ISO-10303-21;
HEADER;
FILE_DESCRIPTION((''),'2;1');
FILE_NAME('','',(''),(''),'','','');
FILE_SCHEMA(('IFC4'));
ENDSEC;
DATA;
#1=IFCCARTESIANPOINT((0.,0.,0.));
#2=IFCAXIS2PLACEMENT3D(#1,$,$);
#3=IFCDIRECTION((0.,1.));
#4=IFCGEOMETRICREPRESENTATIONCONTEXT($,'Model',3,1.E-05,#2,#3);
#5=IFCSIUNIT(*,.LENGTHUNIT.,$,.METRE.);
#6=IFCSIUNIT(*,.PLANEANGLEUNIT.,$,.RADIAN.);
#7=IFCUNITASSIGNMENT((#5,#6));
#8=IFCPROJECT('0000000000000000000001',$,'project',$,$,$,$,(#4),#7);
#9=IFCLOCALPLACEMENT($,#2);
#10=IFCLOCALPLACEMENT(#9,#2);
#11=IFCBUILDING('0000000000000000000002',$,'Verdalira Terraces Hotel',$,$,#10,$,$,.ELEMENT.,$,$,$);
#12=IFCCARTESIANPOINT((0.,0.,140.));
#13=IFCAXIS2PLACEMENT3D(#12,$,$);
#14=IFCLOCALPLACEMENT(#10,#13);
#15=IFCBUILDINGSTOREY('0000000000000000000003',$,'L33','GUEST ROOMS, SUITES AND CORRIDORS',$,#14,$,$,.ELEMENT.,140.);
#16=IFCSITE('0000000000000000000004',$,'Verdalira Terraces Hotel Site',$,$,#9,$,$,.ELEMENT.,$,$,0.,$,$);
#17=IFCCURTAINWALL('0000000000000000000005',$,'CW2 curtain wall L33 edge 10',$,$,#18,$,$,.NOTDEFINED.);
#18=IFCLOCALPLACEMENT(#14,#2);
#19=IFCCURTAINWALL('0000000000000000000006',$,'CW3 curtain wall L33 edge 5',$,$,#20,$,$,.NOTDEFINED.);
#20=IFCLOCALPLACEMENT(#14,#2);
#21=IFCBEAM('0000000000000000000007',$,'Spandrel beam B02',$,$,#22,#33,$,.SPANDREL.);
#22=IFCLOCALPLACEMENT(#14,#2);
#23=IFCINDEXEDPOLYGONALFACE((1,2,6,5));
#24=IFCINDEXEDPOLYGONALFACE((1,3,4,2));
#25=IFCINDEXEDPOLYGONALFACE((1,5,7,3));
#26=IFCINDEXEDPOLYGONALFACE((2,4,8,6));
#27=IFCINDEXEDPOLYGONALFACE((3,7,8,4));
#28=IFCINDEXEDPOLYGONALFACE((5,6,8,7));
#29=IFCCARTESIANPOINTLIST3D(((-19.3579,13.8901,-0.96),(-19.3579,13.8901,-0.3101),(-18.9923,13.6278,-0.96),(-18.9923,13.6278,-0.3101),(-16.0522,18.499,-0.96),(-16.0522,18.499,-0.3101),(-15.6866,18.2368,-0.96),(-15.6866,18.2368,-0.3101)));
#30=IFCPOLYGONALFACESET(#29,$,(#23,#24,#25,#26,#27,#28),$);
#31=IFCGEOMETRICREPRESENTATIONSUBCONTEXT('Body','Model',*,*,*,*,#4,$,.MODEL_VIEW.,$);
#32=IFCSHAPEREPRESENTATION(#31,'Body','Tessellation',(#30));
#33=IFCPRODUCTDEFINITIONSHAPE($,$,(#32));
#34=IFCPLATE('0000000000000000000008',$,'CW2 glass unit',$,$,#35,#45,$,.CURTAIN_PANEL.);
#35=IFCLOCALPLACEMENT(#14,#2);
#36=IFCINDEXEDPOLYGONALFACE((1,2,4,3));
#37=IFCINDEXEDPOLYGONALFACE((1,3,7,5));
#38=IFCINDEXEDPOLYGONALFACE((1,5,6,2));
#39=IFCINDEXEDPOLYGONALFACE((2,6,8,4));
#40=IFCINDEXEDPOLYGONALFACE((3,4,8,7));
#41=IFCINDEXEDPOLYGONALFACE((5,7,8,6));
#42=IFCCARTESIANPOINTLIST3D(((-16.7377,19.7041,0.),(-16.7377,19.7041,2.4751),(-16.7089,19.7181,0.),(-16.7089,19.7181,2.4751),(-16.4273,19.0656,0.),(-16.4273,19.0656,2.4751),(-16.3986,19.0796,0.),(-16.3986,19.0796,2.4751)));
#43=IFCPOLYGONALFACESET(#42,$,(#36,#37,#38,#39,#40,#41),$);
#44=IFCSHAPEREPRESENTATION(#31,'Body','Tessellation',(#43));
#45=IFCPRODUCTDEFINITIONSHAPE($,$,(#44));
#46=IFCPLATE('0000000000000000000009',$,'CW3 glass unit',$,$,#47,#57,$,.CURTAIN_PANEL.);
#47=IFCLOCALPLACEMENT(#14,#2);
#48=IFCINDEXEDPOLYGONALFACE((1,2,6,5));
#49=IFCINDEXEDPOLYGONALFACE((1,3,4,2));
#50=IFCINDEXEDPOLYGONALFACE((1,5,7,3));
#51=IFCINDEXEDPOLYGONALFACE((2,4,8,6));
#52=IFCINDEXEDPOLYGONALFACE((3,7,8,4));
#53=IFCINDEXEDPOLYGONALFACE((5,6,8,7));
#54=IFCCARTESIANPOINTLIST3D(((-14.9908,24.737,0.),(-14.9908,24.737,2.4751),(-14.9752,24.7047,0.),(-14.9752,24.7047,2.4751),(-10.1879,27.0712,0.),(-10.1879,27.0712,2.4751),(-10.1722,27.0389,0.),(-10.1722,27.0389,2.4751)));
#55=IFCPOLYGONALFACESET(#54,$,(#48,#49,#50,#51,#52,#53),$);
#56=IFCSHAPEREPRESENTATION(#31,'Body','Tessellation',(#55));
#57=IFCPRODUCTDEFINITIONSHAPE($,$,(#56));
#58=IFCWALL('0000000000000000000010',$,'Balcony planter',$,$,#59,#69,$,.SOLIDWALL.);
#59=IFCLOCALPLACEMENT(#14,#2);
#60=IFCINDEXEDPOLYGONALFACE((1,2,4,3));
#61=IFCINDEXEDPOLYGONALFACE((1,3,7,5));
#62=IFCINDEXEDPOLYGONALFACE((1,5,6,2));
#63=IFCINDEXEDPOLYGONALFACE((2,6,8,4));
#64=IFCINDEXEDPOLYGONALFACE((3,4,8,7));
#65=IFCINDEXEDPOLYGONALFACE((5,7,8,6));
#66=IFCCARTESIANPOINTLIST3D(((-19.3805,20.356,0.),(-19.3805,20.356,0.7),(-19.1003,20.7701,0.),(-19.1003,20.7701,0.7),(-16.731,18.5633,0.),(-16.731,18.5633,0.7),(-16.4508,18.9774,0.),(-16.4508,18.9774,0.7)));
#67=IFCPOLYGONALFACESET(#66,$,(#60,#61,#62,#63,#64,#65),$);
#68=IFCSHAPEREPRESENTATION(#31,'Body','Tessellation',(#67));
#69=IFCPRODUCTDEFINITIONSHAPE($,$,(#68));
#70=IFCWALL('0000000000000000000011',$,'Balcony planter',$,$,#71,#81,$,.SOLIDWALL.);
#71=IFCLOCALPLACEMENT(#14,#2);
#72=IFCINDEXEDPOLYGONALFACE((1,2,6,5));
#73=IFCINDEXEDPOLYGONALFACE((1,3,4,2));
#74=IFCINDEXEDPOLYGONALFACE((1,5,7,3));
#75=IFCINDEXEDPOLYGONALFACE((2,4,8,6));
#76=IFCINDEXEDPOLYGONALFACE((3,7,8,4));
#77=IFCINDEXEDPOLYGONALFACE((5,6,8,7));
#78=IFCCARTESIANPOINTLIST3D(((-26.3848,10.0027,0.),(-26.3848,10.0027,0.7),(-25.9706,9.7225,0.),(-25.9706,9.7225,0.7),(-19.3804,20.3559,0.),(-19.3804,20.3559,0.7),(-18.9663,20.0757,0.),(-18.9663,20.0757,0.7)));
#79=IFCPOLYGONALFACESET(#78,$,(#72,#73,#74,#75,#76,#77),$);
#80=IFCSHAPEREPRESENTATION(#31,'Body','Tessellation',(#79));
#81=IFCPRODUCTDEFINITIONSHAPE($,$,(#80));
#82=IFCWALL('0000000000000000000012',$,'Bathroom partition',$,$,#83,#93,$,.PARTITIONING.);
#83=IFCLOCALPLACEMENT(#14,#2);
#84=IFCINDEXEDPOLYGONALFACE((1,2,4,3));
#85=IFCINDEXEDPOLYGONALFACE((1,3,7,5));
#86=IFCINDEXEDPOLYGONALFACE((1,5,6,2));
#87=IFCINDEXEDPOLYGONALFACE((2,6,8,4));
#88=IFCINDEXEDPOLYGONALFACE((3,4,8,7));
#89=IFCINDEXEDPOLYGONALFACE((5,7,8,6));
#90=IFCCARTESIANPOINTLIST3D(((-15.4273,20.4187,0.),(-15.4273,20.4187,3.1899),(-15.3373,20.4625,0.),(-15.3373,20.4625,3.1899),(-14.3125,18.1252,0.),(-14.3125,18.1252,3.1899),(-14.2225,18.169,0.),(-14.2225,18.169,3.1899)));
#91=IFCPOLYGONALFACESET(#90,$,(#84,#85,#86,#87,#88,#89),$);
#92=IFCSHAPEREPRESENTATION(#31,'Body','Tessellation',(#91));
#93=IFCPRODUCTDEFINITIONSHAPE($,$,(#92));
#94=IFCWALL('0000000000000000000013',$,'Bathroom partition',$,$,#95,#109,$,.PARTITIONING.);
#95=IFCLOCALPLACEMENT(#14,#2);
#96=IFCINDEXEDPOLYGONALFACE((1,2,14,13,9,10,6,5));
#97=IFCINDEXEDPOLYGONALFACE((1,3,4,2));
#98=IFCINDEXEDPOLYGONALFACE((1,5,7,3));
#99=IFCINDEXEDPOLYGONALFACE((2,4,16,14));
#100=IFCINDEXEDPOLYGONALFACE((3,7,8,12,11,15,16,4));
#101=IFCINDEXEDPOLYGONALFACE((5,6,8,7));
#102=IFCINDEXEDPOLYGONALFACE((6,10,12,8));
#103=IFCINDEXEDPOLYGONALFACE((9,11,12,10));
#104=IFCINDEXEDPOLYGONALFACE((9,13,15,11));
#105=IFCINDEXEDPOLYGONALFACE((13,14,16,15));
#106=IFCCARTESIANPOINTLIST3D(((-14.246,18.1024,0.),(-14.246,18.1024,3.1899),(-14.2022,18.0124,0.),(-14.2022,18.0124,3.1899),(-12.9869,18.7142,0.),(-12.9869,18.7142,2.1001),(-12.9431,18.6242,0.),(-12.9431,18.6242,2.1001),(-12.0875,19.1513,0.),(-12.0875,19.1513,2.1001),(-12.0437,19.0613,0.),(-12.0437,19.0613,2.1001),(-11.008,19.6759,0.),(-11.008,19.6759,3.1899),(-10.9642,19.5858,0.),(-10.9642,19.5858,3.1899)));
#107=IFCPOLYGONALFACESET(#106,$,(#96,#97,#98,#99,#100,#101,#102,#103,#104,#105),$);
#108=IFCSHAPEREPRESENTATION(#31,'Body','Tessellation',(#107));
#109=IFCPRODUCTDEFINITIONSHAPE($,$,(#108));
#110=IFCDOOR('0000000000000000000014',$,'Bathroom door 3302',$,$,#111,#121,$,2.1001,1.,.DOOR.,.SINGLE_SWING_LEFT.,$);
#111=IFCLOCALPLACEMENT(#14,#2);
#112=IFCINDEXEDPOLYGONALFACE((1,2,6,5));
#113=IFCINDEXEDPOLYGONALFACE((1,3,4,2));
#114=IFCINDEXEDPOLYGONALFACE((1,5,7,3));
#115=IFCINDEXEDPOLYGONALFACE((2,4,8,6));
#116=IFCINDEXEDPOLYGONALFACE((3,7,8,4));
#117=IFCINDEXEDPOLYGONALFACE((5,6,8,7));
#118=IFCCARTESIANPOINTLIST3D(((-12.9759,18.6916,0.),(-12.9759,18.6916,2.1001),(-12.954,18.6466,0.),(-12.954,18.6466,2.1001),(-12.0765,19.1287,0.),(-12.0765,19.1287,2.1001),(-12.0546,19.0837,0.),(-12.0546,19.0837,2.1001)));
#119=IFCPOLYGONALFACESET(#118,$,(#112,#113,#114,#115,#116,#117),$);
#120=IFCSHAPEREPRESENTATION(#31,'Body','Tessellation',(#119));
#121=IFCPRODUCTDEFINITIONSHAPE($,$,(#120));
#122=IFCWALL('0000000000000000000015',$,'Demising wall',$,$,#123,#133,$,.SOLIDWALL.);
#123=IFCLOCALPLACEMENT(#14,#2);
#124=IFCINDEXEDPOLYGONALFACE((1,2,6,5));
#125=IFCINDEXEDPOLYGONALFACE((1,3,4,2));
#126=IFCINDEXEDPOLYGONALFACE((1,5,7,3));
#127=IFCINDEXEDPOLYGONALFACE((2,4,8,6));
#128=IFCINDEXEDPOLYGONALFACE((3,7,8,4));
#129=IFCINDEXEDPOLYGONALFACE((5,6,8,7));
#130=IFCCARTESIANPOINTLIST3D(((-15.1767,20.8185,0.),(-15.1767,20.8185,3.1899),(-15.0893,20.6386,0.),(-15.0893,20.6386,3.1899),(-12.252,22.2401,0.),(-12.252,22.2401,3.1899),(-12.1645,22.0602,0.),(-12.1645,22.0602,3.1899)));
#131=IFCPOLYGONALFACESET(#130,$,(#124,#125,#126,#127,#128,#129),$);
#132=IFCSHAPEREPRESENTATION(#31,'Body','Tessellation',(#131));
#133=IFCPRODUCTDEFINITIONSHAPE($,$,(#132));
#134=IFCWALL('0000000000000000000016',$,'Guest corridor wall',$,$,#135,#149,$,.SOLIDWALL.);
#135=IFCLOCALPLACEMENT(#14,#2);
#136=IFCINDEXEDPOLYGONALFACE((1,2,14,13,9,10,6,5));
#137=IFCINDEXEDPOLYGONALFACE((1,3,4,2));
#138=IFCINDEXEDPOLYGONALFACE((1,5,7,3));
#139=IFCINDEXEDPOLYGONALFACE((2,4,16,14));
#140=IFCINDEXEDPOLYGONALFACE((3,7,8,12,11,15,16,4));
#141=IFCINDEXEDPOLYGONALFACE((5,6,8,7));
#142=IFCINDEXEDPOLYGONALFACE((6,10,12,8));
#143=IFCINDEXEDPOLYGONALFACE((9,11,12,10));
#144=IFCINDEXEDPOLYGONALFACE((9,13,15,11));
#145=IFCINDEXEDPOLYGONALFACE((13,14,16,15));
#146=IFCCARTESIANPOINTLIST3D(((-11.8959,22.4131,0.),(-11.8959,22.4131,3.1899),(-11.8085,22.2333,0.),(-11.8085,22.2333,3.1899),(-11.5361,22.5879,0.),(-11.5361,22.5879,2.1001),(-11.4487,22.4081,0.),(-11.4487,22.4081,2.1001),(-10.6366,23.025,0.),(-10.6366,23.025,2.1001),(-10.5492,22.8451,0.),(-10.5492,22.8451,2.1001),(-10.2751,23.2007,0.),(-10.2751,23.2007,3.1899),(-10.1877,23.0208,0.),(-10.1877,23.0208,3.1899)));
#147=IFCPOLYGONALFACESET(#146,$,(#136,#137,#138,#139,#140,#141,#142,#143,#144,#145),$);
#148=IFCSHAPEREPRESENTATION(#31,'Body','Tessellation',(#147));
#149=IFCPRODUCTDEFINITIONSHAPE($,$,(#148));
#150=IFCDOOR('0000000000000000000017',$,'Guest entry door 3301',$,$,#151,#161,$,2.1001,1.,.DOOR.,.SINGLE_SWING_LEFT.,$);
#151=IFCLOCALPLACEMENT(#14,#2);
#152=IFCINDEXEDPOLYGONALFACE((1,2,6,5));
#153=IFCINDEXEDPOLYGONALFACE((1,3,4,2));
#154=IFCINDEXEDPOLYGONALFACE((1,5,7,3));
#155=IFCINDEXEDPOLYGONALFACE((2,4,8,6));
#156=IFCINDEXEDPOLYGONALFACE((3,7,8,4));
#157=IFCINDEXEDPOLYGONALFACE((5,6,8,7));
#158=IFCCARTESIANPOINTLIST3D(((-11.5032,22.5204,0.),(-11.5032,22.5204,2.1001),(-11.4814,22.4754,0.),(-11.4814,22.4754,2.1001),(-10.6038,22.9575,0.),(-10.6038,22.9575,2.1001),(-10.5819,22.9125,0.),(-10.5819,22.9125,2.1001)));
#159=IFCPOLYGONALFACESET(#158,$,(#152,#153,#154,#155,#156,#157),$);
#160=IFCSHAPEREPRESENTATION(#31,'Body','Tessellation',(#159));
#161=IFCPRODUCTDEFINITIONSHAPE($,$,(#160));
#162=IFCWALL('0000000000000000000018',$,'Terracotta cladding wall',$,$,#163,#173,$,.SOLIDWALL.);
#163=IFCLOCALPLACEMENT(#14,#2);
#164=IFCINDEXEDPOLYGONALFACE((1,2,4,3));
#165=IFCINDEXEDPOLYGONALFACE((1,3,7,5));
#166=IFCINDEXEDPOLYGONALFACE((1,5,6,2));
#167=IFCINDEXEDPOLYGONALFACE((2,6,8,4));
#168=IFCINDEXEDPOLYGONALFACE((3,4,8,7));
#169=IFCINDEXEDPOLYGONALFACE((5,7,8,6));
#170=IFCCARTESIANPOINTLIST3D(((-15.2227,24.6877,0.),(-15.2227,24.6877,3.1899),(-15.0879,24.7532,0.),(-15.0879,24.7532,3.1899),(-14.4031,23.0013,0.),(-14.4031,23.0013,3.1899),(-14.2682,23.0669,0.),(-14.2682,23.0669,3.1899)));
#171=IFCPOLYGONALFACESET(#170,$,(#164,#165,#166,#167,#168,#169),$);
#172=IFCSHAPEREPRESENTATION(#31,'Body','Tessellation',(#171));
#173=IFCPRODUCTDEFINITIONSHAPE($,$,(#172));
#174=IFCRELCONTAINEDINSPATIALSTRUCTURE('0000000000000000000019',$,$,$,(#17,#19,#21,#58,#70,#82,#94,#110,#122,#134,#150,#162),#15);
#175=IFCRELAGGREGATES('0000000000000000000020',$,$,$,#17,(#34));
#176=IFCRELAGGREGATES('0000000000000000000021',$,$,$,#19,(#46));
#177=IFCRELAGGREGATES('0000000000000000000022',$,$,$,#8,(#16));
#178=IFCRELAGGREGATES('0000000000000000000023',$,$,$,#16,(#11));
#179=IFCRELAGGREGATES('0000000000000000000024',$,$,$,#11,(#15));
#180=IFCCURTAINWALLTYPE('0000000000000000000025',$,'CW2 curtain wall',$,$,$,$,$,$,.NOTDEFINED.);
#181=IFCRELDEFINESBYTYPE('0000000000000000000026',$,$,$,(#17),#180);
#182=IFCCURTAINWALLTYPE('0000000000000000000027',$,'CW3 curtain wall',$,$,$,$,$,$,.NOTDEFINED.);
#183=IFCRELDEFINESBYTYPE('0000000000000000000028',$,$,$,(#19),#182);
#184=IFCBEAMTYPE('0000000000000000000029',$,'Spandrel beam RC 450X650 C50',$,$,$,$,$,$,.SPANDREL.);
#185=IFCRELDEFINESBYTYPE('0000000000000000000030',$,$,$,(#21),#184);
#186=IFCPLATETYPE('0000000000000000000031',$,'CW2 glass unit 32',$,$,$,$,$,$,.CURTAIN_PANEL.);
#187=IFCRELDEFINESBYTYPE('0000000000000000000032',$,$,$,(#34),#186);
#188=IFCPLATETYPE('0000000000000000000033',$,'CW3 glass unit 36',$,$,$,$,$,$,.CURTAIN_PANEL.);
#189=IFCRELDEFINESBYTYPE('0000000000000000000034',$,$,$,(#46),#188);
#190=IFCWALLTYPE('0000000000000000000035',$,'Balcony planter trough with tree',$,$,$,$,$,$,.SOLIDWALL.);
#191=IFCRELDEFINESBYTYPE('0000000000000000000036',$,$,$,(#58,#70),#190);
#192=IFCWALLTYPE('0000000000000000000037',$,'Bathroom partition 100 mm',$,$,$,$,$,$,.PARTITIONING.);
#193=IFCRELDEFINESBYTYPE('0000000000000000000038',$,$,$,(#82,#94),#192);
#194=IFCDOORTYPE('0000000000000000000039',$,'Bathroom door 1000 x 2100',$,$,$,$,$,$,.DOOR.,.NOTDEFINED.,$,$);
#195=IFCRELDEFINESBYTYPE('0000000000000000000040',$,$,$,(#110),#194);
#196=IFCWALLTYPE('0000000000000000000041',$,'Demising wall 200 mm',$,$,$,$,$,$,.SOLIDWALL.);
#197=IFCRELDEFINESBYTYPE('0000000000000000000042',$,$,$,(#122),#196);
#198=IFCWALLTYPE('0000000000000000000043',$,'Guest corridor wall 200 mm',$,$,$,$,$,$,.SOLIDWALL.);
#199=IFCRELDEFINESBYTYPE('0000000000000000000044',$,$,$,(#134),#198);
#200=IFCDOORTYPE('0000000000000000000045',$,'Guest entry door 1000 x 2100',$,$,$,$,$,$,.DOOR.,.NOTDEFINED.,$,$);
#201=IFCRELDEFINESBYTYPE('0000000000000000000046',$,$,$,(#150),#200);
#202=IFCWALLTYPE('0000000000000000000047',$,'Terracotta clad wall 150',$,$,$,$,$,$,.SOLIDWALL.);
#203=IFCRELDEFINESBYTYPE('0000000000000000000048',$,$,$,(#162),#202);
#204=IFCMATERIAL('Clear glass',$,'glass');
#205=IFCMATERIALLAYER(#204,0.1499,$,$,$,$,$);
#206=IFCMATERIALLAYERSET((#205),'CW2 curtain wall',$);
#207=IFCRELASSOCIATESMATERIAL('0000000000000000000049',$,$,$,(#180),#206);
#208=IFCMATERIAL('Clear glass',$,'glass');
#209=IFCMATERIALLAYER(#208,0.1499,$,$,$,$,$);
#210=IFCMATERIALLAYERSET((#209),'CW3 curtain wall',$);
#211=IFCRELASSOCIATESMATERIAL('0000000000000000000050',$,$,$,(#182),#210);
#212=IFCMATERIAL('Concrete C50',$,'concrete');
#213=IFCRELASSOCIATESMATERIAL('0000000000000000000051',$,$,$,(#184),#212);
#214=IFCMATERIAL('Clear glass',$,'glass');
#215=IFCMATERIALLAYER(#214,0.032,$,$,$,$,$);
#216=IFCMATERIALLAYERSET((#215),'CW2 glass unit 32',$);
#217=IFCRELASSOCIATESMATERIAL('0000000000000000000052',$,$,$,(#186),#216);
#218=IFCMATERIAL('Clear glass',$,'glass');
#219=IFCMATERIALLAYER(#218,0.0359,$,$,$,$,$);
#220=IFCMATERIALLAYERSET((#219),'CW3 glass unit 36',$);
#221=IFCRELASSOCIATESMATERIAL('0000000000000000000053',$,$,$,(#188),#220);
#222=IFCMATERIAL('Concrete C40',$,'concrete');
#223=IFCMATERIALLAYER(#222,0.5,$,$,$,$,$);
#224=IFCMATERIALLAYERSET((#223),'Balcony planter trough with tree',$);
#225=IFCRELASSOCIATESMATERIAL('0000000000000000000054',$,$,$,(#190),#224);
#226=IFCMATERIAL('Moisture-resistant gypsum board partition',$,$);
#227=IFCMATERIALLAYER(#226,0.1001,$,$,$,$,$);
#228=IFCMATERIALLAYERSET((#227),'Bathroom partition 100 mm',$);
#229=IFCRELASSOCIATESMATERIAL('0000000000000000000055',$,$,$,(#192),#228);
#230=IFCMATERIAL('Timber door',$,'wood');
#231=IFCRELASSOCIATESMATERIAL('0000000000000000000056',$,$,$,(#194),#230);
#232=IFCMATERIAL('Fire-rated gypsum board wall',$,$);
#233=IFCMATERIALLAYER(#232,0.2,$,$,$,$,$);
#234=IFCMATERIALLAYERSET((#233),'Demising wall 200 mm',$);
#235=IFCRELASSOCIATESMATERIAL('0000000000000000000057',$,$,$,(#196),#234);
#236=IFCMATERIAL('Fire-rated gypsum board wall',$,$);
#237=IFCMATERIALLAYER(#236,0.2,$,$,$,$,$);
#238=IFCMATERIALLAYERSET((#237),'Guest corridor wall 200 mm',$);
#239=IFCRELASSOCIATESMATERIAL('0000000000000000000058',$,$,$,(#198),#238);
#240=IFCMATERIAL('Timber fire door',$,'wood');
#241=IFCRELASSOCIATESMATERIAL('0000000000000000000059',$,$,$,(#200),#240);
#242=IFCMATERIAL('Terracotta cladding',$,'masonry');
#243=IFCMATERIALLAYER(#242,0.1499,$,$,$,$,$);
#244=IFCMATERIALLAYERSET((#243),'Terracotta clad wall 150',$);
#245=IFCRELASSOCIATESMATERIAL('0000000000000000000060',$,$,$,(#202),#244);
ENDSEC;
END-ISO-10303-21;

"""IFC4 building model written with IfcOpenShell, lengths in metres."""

from ifc_helpers import new_model, si_unit, direction, frame, frame_2d, origin, origin_2d, place, context, subcontext, project, spatial, rectangle, extrude, material, layer, layer_set, material_profile, profile_set, type_object, element, fill, aggregate, save


model = new_model("IFC4")

# Units and contexts
model_context = context("Model", 3, precision=1e-05, world=origin(), true_north=direction((0.0, 1.0)))
body_context = subcontext(model_context, "Body", "Model", "MODEL_VIEW")
ifc_project = project(units=[si_unit("LENGTHUNIT", "METRE"), si_unit("PLANEANGLEUNIT", "RADIAN")], contexts=[model_context])

# Site, building, storey
site_placement = place(None, origin())
site = spatial("IfcSite", under=ifc_project, at=site_placement, Name="Verdalira Terraces Hotel Site", CompositionType="ELEMENT", RefElevation=0.0)
building_placement = place(site_placement, origin())
building = spatial("IfcBuilding", under=site, at=building_placement, Name="Verdalira Terraces Hotel", CompositionType="ELEMENT")
storey_placement = place(building_placement, frame((0.0, 0.0, 140.0)))
storey = spatial("IfcBuildingStorey", under=building, at=storey_placement, Name="L33", Description="GUEST ROOMS, SUITES AND CORRIDORS", CompositionType="ELEMENT", Elevation=140.0)

# Curtain wall
ifc_material_1 = material(Name="Clear glass", Category="glass")
ifc_layer_1 = layer(ifc_material_1, 0.1499)
ifc_layer_set_1 = layer_set([ifc_layer_1], Name="CW2 curtain wall")
curtain_wall_type_1 = type_object("IfcCurtainWallType", Name="CW2 curtain wall", PredefinedType="NOTDEFINED", material=ifc_layer_set_1)
curtain_wall_1_placement = place(storey_placement, origin())
curtain_wall_1 = element("IfcCurtainWall", 1, at=curtain_wall_1_placement, inside=storey, type_object=curtain_wall_type_1, Name="CW2 curtain wall L33 edge 10", PredefinedType="NOTDEFINED")

# Curtain wall
ifc_material_2 = material(Name="Clear glass", Category="glass")
ifc_layer_2 = layer(ifc_material_2, 0.1499)
ifc_layer_set_2 = layer_set([ifc_layer_2], Name="CW3 curtain wall")
curtain_wall_type_2 = type_object("IfcCurtainWallType", Name="CW3 curtain wall", PredefinedType="NOTDEFINED", material=ifc_layer_set_2)
curtain_wall_2_placement = place(storey_placement, origin())
curtain_wall_2 = element("IfcCurtainWall", 2, at=curtain_wall_2_placement, inside=storey, type_object=curtain_wall_type_2, Name="CW3 curtain wall L33 edge 5", PredefinedType="NOTDEFINED")

# Beam
ifc_material_3 = material(Name="Concrete C50", Category="concrete")
ifc_material_profile_1 = material_profile(ifc_material_3, rectangle(XDim=0.45, YDim=0.6499, at=origin_2d()), Name="RC 450X650")
ifc_profile_set_1 = profile_set([ifc_material_profile_1], Name="Concrete C50")
beam_type_1 = type_object("IfcBeamType", Name="Spandrel beam RC 450X650 C50", PredefinedType="SPANDREL", material=ifc_profile_set_1)
beam_1_placement = place(storey_placement, frame((-15.8694, 18.3679, -0.635), z_axis=(-0.582825, -0.812598, 0.0), x_axis=(0.812598, -0.582825, 0.0)))
element("IfcBeam", 3, at=beam_1_placement, inside=storey, type_object=beam_type_1, Name="Spandrel beam B02", PredefinedType="SPANDREL", context=body_context, shape_type="SweptSolid", body=[
    extrude(rectangle(XDim=0.45, YDim=0.6499, at=origin_2d()), origin(), (0.0, 0.0, 1.0), 5.6719),
])

# Plates
ifc_material_4 = material(Name="Clear glass", Category="glass")
ifc_layer_3 = layer(ifc_material_4, 0.032)
ifc_layer_set_3 = layer_set([ifc_layer_3], Name="CW2 glass unit 32")
plate_type_1 = type_object("IfcPlateType", Name="CW2 glass unit 32", PredefinedType="CURTAIN_PANEL", material=ifc_layer_set_3)
plate_1_placement = place(storey_placement, frame((-16.5681, 19.3918, 0.0), z_axis=(0.0, 0.0, 1.0), x_axis=(0.437116, -0.899405, 0.0)))
plate_1 = element("IfcPlate", 4, at=plate_1_placement, type_object=plate_type_1, Name="CW2 glass unit", PredefinedType="CURTAIN_PANEL", context=body_context, shape_type="SweptSolid", body=[
    extrude(rectangle(XDim=0.71, YDim=0.032, at=origin_2d()), origin(), (0.0, 0.0, 1.0), 2.4751),
])
aggregate(curtain_wall_1, [plate_1])
ifc_material_5 = material(Name="Clear glass", Category="glass")
ifc_layer_4 = layer(ifc_material_5, 0.0359)
ifc_layer_set_4 = layer_set([ifc_layer_4], Name="CW3 glass unit 36")
plate_type_2 = type_object("IfcPlateType", Name="CW3 glass unit 36", PredefinedType="CURTAIN_PANEL", material=ifc_layer_set_4)
plate_2_placement = place(storey_placement, frame((-12.5815, 25.8879, 0.0), z_axis=(0.0, 0.0, 1.0), x_axis=(-0.899405, -0.437116, 0.0)))
plate_2 = element("IfcPlate", 5, at=plate_2_placement, type_object=plate_type_2, Name="CW3 glass unit", PredefinedType="CURTAIN_PANEL", context=body_context, shape_type="SweptSolid", body=[
    extrude(rectangle(XDim=5.3401, YDim=0.0359, at=origin_2d()), origin(), (0.0, 0.0, 1.0), 2.4751),
])
aggregate(curtain_wall_2, [plate_2])

# Walls
ifc_material_6 = material(Name="Concrete C40", Category="concrete")
ifc_layer_5 = layer(ifc_material_6, 0.5)
ifc_layer_set_5 = layer_set([ifc_layer_5], Name="Balcony planter trough with tree")
wall_type_1 = type_object("IfcWallType", Name="Balcony planter trough with tree", PredefinedType="SOLIDWALL", material=ifc_layer_set_5)
wall_1_placement = place(storey_placement, frame((-16.5908, 18.7703, 0.0), z_axis=(0.0, 0.0, 1.0), x_axis=(-0.828215, 0.560411, 0.0)))
element("IfcWall", 6, at=wall_1_placement, inside=storey, type_object=wall_type_1, Name="Balcony planter", PredefinedType="SOLIDWALL", context=body_context, shape_type="SweptSolid", body=[
    extrude(rectangle(XDim=3.199, YDim=0.5, at=frame_2d((1.5996, 0.0))), origin(), (0.0, 0.0, 1.0), 0.7),
])
wall_2_placement = place(storey_placement, frame((-19.1733, 20.2158, 0.0), z_axis=(0.0, 0.0, 1.0), x_axis=(-0.560348, -0.828257, 0.0)))
element("IfcWall", 7, at=wall_2_placement, inside=storey, type_object=wall_type_1, Name="Balcony planter", PredefinedType="SOLIDWALL", context=body_context, shape_type="SweptSolid", body=[
    extrude(rectangle(XDim=12.5, YDim=0.5, at=frame_2d((6.25, 0.0))), origin(), (0.0, 0.0, 1.0), 0.7),
])
ifc_material_7 = material(Name="Moisture-resistant gypsum board partition")
ifc_layer_6 = layer(ifc_material_7, 0.1001)
ifc_layer_set_6 = layer_set([ifc_layer_6], Name="Bathroom partition 100 mm")
wall_type_2 = type_object("IfcWallType", Name="Bathroom partition 100 mm", PredefinedType="PARTITIONING", material=ifc_layer_set_6)
wall_3_placement = place(storey_placement, frame((-14.2676, 18.1472, 0.0), z_axis=(0.0, 0.0, 1.0), x_axis=(-0.437152, 0.899388, 0.0)))
element("IfcWall", 8, at=wall_3_placement, inside=storey, type_object=wall_type_2, Name="Bathroom partition", PredefinedType="PARTITIONING", context=body_context, shape_type="SweptSolid", body=[
    extrude(rectangle(XDim=2.55, YDim=0.1001, at=frame_2d((1.2749, 0.0))), origin(), (0.0, 0.0, 1.0), 3.1899),
])

# Wall, opening, door
wall_4_placement = place(storey_placement, frame((-14.2241, 18.0574, 0.0), z_axis=(0.0, 0.0, 1.0), x_axis=(0.899429, 0.437067, 0.0)))
wall_4 = element("IfcWall", 9, at=wall_4_placement, inside=storey, type_object=wall_type_2, Name="Bathroom partition", PredefinedType="PARTITIONING", context=body_context, shape_type="SweptSolid", body=[
    extrude(rectangle(XDim=3.6001, YDim=0.1001, at=frame_2d((1.8, 0.0))), origin(), (0.0, 0.0, 1.0), 3.1899),
])
opening_1_placement = place(wall_4_placement, frame((1.3999, 0.0, 0.0)))
opening_1 = element("IfcOpeningElement", 10, at=opening_1_placement, cuts=wall_4, PredefinedType="OPENING", context=body_context, shape_type="SweptSolid", body=[
    extrude(rectangle(XDim=1.0, YDim=2.1001, at=frame_2d((0.5, 1.05))), frame((0.0, 0.0601, 0.0), z_axis=(0.0, -1.0, 0.0), x_axis=(1.0, 0.0, 0.0)), (0.0, 0.0, 1.0), 0.1201),
])
ifc_material_8 = material(Name="Timber door", Category="wood")
door_type_1 = type_object("IfcDoorType", Name="Bathroom door 1000 x 2100", OperationType="NOTDEFINED", PredefinedType="DOOR", material=ifc_material_8)
door_1_placement = place(opening_1_placement, origin())
door_1 = element("IfcDoor", 11, at=door_1_placement, inside=storey, type_object=door_type_1, Name="Bathroom door 3302", OperationType="SINGLE_SWING_LEFT", OverallHeight=2.1001, OverallWidth=1.0, PredefinedType="DOOR", context=body_context, shape_type="SweptSolid", body=[
    extrude(rectangle(XDim=1.0, YDim=2.1001, at=frame_2d((0.5, 1.05))), frame((0.0, 0.0249, 0.0), z_axis=(0.0, -1.0, 0.0), x_axis=(1.0, 0.0, 0.0)), (0.0, 0.0, 1.0), 0.05),
])
fill(opening_1, door_1)

# Wall
ifc_material_9 = material(Name="Fire-rated gypsum board wall")
ifc_layer_7 = layer(ifc_material_9, 0.2)
ifc_layer_set_7 = layer_set([ifc_layer_7], Name="Demising wall 200 mm")
wall_type_3 = type_object("IfcWallType", Name="Demising wall 200 mm", PredefinedType="SOLIDWALL", material=ifc_layer_set_7)
wall_5_placement = place(storey_placement, frame((-12.2083, 22.1501, 0.0), z_axis=(0.0, 0.0, 1.0), x_axis=(-0.899386, -0.437156, 0.0)))
element("IfcWall", 12, at=wall_5_placement, inside=storey, type_object=wall_type_3, Name="Demising wall", PredefinedType="SOLIDWALL", context=body_context, shape_type="SweptSolid", body=[
    extrude(rectangle(XDim=3.252, YDim=0.2, at=frame_2d((1.626, 0.0))), origin(), (0.0, 0.0, 1.0), 3.1899),
])

# Wall, opening, door
ifc_material_10 = material(Name="Fire-rated gypsum board wall")
ifc_layer_8 = layer(ifc_material_10, 0.2)
ifc_layer_set_8 = layer_set([ifc_layer_8], Name="Guest corridor wall 200 mm")
wall_type_4 = type_object("IfcWallType", Name="Guest corridor wall 200 mm", PredefinedType="SOLIDWALL", material=ifc_layer_set_8)
wall_6_placement = place(storey_placement, frame((-11.8521, 22.3232, 0.0), z_axis=(0.0, 0.0, 1.0), x_axis=(0.899437, 0.437051, 0.0)))
wall_6 = element("IfcWall", 13, at=wall_6_placement, inside=storey, type_object=wall_type_4, Name="Guest corridor wall", PredefinedType="SOLIDWALL", context=body_context, shape_type="SweptSolid", body=[
    extrude(rectangle(XDim=1.802, YDim=0.2, at=frame_2d((0.9009, 0.0))), origin(), (0.0, 0.0, 1.0), 3.1899),
])
opening_2_placement = place(wall_6_placement, frame((0.3999, 0.0, 0.0)))
opening_2 = element("IfcOpeningElement", 14, at=opening_2_placement, cuts=wall_6, PredefinedType="OPENING", context=body_context, shape_type="SweptSolid", body=[
    extrude(rectangle(XDim=1.0, YDim=2.1001, at=frame_2d((0.5, 1.05))), frame((0.0, 0.1099, 0.0), z_axis=(0.0, -1.0, 0.0), x_axis=(1.0, 0.0, 0.0)), (0.0, 0.0, 1.0), 0.22),
])
ifc_material_11 = material(Name="Timber fire door", Category="wood")
door_type_2 = type_object("IfcDoorType", Name="Guest entry door 1000 x 2100", OperationType="NOTDEFINED", PredefinedType="DOOR", material=ifc_material_11)
door_2_placement = place(opening_2_placement, origin())
door_2 = element("IfcDoor", 15, at=door_2_placement, inside=storey, type_object=door_type_2, Name="Guest entry door 3301", OperationType="SINGLE_SWING_LEFT", OverallHeight=2.1001, OverallWidth=1.0, PredefinedType="DOOR", context=body_context, shape_type="SweptSolid", body=[
    extrude(rectangle(XDim=1.0, YDim=2.1001, at=frame_2d((0.5, 1.05))), frame((0.0, 0.0249, 0.0), z_axis=(0.0, -1.0, 0.0), x_axis=(1.0, 0.0, 0.0)), (0.0, 0.0, 1.0), 0.05),
])
fill(opening_2, door_2)

# Wall
ifc_material_12 = material(Name="Terracotta cladding", Category="masonry")
ifc_layer_9 = layer(ifc_material_12, 0.1499)
ifc_layer_set_9 = layer_set([ifc_layer_9], Name="Terracotta clad wall 150")
wall_type_5 = type_object("IfcWallType", Name="Terracotta clad wall 150", PredefinedType="SOLIDWALL", material=ifc_layer_set_9)
wall_7_placement = place(storey_placement, frame((-15.1553, 24.7205, 0.0), z_axis=(0.0, 0.0, 1.0), x_axis=(0.437133, -0.899397, 0.0)))
element("IfcWall", 16, at=wall_7_placement, inside=storey, type_object=wall_type_5, Name="Terracotta cladding wall", PredefinedType="SOLIDWALL", context=body_context, shape_type="SweptSolid", body=[
    extrude(rectangle(XDim=1.875, YDim=0.1499, at=frame_2d((0.9375, 0.0))), origin(), (0.0, 0.0, 1.0), 3.1899),
])

save(model, "model.ifc")
